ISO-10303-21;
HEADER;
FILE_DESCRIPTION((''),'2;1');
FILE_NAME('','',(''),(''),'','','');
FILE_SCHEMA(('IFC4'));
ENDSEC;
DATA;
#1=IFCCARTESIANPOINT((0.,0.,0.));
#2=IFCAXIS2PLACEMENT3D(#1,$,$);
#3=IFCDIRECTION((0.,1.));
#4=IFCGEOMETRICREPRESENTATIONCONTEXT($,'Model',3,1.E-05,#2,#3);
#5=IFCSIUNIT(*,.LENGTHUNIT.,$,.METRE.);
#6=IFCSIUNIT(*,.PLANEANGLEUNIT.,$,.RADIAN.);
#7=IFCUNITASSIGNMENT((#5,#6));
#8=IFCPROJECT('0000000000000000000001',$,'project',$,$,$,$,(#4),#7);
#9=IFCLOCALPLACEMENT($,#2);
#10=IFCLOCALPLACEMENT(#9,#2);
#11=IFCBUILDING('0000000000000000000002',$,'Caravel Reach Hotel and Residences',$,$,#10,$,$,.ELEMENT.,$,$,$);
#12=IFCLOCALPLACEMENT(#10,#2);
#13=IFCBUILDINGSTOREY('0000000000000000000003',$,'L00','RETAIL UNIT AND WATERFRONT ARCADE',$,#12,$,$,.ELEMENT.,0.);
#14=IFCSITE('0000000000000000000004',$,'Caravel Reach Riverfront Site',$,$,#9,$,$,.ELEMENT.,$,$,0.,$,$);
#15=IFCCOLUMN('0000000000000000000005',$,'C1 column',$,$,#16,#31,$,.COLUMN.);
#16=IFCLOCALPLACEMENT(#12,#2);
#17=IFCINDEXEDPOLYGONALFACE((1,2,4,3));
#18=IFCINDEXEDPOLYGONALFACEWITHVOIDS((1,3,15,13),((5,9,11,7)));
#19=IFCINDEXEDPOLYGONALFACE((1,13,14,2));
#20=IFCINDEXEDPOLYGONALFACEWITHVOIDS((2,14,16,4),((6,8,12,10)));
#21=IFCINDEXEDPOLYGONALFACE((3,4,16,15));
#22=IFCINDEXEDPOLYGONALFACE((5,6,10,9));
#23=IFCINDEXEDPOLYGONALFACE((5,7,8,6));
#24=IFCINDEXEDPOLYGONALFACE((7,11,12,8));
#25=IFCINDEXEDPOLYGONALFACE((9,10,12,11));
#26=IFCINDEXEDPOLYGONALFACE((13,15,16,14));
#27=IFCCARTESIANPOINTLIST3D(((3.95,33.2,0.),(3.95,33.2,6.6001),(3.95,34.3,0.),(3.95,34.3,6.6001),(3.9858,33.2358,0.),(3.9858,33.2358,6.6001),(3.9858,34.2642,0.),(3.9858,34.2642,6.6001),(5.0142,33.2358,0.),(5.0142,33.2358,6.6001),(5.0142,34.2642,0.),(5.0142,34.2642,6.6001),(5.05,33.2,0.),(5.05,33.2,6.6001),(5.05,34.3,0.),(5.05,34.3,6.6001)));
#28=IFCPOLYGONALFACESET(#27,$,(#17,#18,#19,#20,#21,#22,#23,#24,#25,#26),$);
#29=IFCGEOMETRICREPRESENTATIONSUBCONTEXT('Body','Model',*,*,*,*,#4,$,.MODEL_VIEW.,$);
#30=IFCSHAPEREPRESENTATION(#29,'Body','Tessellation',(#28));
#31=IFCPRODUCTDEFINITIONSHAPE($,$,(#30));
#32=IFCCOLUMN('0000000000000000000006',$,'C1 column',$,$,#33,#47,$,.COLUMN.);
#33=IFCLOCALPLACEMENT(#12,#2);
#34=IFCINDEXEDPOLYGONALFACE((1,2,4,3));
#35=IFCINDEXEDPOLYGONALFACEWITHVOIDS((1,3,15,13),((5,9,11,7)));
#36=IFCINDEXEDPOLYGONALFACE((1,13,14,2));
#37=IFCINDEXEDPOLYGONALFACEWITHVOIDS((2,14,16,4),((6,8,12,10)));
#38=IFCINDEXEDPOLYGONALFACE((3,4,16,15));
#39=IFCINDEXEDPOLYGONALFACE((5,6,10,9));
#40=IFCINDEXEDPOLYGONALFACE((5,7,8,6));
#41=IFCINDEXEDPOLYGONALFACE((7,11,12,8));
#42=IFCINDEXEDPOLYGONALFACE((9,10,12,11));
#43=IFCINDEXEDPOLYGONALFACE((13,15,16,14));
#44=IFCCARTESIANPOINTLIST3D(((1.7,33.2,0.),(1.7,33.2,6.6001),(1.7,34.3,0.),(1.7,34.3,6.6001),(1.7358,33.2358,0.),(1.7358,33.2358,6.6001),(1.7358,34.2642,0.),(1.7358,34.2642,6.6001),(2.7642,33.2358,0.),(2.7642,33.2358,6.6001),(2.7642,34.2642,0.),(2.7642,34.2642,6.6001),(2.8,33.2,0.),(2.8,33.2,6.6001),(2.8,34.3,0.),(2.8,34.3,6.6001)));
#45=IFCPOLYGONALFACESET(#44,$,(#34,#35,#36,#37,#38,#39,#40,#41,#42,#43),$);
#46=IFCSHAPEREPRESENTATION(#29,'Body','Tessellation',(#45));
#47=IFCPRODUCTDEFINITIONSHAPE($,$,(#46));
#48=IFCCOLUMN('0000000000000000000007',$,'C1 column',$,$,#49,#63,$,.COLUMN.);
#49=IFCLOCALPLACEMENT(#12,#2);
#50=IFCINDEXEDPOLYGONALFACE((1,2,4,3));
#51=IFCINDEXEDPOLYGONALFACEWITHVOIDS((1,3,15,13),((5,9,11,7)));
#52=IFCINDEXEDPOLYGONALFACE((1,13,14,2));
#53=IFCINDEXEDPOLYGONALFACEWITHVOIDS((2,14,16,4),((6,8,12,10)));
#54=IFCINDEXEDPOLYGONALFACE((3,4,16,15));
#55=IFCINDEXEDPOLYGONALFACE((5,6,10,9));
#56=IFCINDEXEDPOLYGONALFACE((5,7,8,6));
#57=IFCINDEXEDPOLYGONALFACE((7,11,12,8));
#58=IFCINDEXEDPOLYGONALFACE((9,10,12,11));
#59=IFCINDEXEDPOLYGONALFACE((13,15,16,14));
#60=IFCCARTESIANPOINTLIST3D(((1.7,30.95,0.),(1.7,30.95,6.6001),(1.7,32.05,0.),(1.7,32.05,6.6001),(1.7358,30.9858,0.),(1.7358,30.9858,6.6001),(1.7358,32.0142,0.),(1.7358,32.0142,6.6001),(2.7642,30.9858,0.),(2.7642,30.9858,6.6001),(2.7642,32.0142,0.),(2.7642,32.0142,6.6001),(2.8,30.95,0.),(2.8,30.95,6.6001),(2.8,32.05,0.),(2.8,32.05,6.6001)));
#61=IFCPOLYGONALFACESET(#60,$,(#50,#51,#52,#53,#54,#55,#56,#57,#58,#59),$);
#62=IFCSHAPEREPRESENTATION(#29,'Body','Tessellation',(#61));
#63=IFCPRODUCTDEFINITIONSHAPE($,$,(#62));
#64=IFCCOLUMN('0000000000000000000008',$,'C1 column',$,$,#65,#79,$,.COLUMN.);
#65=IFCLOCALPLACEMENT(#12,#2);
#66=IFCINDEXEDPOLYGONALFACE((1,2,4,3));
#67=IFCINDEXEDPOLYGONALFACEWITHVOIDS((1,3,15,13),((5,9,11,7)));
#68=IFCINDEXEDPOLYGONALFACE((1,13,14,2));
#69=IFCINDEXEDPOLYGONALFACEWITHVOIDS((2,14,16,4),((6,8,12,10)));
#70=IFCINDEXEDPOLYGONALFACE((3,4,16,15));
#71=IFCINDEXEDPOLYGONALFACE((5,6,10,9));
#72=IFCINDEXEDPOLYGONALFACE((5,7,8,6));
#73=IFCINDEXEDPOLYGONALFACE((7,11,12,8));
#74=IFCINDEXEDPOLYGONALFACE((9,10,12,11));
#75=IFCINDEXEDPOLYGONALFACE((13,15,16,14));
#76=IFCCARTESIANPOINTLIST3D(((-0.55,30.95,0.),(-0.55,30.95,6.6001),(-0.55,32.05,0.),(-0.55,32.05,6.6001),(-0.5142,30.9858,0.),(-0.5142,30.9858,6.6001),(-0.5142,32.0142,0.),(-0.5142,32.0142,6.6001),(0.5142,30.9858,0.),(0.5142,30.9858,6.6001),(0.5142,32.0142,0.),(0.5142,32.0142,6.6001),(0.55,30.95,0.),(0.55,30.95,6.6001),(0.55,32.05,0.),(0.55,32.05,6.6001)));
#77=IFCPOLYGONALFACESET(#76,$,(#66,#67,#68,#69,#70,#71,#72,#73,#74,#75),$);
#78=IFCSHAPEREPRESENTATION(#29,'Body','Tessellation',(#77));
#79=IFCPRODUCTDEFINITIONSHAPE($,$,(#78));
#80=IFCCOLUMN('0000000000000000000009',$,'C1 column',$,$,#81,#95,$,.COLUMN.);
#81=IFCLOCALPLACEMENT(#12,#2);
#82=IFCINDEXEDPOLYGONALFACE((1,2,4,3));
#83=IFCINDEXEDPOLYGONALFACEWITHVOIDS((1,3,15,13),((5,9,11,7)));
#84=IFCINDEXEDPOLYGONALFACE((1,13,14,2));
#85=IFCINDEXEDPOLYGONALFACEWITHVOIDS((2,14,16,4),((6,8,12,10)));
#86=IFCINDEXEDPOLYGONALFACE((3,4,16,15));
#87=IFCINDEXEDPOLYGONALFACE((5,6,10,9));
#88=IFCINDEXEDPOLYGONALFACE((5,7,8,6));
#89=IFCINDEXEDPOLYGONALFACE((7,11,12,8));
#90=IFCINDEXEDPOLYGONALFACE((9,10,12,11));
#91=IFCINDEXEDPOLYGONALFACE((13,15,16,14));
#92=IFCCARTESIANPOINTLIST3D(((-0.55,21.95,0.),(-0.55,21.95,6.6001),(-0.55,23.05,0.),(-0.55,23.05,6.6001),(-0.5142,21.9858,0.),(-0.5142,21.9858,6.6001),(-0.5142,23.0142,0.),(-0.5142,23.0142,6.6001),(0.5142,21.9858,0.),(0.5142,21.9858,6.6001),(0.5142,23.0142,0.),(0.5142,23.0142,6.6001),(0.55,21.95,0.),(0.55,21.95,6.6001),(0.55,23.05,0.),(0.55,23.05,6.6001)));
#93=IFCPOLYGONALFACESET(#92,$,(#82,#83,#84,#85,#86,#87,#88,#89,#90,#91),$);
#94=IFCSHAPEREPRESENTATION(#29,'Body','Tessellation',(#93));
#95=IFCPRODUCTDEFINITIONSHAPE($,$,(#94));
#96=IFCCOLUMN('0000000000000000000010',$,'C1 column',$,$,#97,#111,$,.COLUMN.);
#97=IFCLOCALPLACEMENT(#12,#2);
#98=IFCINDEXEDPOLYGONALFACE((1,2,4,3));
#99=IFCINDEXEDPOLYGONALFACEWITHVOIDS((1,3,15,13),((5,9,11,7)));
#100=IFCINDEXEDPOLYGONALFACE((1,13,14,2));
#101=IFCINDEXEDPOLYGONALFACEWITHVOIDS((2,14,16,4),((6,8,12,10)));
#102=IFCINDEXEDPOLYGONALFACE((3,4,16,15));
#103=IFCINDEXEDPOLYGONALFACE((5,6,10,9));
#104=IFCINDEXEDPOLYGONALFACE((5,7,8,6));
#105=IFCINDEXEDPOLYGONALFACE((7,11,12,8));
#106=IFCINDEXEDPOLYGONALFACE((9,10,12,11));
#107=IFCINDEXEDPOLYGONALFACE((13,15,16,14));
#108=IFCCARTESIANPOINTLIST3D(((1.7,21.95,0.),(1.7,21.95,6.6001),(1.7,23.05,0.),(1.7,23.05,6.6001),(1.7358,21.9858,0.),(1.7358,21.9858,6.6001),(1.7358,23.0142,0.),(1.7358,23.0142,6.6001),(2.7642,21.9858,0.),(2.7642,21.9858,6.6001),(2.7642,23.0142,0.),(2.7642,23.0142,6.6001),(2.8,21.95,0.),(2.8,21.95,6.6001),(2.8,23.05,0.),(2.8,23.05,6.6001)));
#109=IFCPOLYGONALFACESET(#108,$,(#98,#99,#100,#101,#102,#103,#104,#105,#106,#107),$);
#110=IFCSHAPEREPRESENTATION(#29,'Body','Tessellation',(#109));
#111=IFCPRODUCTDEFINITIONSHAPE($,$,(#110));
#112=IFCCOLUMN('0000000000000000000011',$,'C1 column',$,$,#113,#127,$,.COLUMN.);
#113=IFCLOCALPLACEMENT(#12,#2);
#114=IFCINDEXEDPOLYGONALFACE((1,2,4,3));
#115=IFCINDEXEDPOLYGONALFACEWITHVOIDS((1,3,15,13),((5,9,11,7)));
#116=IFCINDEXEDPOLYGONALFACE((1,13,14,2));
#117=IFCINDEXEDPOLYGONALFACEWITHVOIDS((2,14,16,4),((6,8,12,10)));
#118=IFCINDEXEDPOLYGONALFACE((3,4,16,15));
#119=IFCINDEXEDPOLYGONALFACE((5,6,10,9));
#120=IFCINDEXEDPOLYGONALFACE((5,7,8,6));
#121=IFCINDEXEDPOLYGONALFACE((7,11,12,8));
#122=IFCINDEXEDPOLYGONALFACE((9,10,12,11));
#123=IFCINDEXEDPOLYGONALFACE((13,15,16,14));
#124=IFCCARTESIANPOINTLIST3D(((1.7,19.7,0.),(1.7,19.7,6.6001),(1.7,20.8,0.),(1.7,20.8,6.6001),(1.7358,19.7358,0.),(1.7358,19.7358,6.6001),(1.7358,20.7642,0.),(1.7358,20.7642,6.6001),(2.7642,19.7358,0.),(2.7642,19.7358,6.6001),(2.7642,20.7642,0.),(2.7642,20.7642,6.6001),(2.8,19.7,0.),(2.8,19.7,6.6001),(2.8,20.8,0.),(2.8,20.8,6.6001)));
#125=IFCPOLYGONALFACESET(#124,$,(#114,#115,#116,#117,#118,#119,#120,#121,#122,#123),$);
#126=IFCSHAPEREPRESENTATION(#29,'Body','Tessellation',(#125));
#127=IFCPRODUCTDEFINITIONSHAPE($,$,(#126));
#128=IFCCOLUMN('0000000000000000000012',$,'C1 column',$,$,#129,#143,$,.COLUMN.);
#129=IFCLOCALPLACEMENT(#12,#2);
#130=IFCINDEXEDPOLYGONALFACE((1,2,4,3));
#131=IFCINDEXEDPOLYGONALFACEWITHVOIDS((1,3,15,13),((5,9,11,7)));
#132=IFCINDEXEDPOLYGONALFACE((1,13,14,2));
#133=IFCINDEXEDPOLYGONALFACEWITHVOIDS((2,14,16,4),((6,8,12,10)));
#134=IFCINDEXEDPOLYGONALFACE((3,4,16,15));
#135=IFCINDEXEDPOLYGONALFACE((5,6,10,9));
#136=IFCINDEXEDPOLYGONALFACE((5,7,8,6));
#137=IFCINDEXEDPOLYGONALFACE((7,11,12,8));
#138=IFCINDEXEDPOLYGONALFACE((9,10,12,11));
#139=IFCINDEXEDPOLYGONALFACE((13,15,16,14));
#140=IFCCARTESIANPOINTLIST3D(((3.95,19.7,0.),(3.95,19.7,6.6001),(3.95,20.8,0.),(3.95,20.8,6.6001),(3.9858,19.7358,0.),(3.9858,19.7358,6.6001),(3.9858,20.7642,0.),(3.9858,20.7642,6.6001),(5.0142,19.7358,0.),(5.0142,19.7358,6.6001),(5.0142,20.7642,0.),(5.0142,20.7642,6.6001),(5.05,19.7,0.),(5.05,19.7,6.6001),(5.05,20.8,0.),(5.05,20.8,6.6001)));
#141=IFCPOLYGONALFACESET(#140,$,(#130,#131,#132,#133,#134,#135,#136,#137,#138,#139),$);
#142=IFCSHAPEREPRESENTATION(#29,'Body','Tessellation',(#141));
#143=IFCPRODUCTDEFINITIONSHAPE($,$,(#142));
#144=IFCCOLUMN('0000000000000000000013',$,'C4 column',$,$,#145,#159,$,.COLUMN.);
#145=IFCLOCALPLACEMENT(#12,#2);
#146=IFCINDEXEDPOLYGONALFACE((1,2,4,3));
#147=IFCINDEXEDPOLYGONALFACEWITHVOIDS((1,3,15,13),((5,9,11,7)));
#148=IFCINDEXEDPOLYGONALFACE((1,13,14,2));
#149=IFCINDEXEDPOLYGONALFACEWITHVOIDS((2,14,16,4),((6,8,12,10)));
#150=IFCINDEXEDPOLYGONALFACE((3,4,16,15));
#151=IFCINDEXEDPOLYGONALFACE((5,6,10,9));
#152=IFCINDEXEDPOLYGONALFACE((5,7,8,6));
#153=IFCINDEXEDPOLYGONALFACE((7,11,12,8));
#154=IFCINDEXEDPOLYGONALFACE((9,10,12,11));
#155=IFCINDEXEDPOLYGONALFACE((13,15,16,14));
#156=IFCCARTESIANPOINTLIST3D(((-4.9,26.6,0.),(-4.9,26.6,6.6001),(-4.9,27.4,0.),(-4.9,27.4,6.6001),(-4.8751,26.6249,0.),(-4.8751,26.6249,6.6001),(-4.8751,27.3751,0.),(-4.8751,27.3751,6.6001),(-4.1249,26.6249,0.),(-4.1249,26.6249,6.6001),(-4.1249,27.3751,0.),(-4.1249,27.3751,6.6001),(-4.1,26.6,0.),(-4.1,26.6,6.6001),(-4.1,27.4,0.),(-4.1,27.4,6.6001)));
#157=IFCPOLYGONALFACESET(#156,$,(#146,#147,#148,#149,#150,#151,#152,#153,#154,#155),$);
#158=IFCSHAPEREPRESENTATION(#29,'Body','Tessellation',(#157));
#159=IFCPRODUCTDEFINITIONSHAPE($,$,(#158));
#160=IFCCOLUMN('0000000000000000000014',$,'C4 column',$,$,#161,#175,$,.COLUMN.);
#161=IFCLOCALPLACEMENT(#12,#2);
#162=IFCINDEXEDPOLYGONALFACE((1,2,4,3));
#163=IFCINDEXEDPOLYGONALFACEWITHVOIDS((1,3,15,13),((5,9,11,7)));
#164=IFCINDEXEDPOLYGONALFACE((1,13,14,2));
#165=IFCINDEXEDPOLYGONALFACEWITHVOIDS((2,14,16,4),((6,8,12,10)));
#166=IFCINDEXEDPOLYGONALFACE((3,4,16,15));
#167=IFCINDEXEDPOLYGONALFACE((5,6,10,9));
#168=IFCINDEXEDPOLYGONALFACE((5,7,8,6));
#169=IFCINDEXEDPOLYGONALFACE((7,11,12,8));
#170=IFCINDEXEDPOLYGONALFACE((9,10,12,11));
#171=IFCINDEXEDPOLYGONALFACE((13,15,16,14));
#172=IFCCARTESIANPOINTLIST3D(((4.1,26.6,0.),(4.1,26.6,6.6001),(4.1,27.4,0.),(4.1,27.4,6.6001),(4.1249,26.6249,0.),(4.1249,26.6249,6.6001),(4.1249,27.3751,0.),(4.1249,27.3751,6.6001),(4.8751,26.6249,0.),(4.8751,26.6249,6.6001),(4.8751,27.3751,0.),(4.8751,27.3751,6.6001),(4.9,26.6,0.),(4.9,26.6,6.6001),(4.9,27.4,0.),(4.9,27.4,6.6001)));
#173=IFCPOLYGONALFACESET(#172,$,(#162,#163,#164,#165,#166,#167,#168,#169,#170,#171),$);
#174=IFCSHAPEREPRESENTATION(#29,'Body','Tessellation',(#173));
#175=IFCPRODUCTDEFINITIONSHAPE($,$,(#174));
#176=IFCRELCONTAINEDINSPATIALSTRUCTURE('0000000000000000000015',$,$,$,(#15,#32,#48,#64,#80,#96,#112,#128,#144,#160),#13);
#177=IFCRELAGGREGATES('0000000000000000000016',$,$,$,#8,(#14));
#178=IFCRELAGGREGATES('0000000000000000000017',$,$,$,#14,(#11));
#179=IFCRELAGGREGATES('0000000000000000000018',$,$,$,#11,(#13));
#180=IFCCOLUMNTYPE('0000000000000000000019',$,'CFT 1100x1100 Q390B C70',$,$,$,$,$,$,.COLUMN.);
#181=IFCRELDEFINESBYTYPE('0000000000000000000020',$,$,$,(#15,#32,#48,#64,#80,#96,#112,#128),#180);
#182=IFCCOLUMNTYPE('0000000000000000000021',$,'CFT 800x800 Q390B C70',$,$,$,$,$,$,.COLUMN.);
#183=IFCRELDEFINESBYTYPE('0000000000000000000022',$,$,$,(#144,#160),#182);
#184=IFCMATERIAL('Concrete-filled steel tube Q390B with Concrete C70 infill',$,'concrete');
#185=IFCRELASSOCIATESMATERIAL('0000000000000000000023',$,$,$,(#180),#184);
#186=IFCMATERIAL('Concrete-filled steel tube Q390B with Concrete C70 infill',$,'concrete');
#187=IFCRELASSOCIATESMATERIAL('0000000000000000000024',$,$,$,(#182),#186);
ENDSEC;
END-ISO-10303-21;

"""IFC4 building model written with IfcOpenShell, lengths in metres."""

from ifc_helpers import new_model, si_unit, direction, frame, origin, origin_2d, place, context, subcontext, project, spatial, hollow_rectangle, extrude, material, material_profile, profile_set, type_object, element, save


model = new_model("IFC4")

# Units and contexts
model_context = context("Model", 3, precision=1e-05, world=origin(), true_north=direction((0.0, 1.0)))
body_context = subcontext(model_context, "Body", "Model", "MODEL_VIEW")
ifc_project = project(units=[si_unit("LENGTHUNIT", "METRE"), si_unit("PLANEANGLEUNIT", "RADIAN")], contexts=[model_context])

# Site, building, storey
site_placement = place(None, origin())
site = spatial("IfcSite", under=ifc_project, at=site_placement, Name="Caravel Reach Riverfront Site", CompositionType="ELEMENT", RefElevation=0.0)
building_placement = place(site_placement, origin())
building = spatial("IfcBuilding", under=site, at=building_placement, Name="Caravel Reach Hotel and Residences", CompositionType="ELEMENT")
storey_placement = place(building_placement, origin())
storey = spatial("IfcBuildingStorey", under=building, at=storey_placement, Name="L00", Description="RETAIL UNIT AND WATERFRONT ARCADE", CompositionType="ELEMENT", Elevation=0.0)

# Columns
ifc_material_1 = material(Name="Concrete-filled steel tube Q390B with Concrete C70 infill", Category="concrete")
ifc_material_profile_1 = material_profile(ifc_material_1, hollow_rectangle(XDim=1.1001, YDim=1.1001, WallThickness=0.0359, at=origin_2d()), Name="RHS 1100x1100x36")
ifc_profile_set_1 = profile_set([ifc_material_profile_1], Name="Concrete-filled steel tube Q390B with Concrete C70 infill")
column_type_1 = type_object("IfcColumnType", Name="CFT 1100x1100 Q390B C70", PredefinedType="COLUMN", material=ifc_profile_set_1)
for number, where, z_axis, x_axis, name in (
    (1, (4.5, 33.75, 0.0), (0.0, 0.0, 1.0), (1.0, 0.0, 0.0), "C1 column"),
    (2, (2.25, 33.75, 0.0), (0.0, 0.0, 1.0), (1.0, 0.0, 0.0), "C1 column"),
    (3, (2.25, 31.5, 0.0), (0.0, 0.0, 1.0), (1.0, 0.0, 0.0), "C1 column"),
    (4, (0.0, 31.5, 0.0), (0.0, 0.0, 1.0), (1.0, 0.0, 0.0), "C1 column"),
    (5, (0.0, 22.5, 0.0), (0.0, 0.0, 1.0), (1.0, 0.0, 0.0), "C1 column"),
    (6, (2.25, 22.5, 0.0), (0.0, 0.0, 1.0), (1.0, 0.0, 0.0), "C1 column"),
    (7, (2.25, 20.25, 0.0), (0.0, 0.0, 1.0), (1.0, 0.0, 0.0), "C1 column"),
    (8, (4.5, 20.25, 0.0), (0.0, 0.0, 1.0), (1.0, 0.0, 0.0), "C1 column"),
):
    element("IfcColumn", number, at=place(storey_placement, frame(where, z_axis=z_axis, x_axis=x_axis)), inside=storey, type_object=column_type_1, Name=name, PredefinedType="COLUMN", context=body_context, shape_type="SweptSolid", body=[
        extrude(hollow_rectangle(XDim=1.1001, YDim=1.1001, WallThickness=0.0359, at=origin_2d()), origin(), (0.0, 0.0, 1.0), 6.6001),
    ])
ifc_material_2 = material(Name="Concrete-filled steel tube Q390B with Concrete C70 infill", Category="concrete")
ifc_material_profile_2 = material_profile(ifc_material_2, hollow_rectangle(XDim=0.8, YDim=0.8, WallThickness=0.0249, at=origin_2d()), Name="RHS 800x800x25")
ifc_profile_set_2 = profile_set([ifc_material_profile_2], Name="Concrete-filled steel tube Q390B with Concrete C70 infill")
column_type_2 = type_object("IfcColumnType", Name="CFT 800x800 Q390B C70", PredefinedType="COLUMN", material=ifc_profile_set_2)
for number, where, z_axis, x_axis, name in (
    (9, (-4.5, 27.0, 0.0), (0.0, 0.0, 1.0), (1.0, 0.0, 0.0), "C4 column"),
    (10, (4.5, 27.0, 0.0), (0.0, 0.0, 1.0), (1.0, 0.0, 0.0), "C4 column"),
):
    element("IfcColumn", number, at=place(storey_placement, frame(where, z_axis=z_axis, x_axis=x_axis)), inside=storey, type_object=column_type_2, Name=name, PredefinedType="COLUMN", context=body_context, shape_type="SweptSolid", body=[
        extrude(hollow_rectangle(XDim=0.8, YDim=0.8, WallThickness=0.0249, at=origin_2d()), origin(), (0.0, 0.0, 1.0), 6.6001),
    ])

save(model, "model.ifc")
